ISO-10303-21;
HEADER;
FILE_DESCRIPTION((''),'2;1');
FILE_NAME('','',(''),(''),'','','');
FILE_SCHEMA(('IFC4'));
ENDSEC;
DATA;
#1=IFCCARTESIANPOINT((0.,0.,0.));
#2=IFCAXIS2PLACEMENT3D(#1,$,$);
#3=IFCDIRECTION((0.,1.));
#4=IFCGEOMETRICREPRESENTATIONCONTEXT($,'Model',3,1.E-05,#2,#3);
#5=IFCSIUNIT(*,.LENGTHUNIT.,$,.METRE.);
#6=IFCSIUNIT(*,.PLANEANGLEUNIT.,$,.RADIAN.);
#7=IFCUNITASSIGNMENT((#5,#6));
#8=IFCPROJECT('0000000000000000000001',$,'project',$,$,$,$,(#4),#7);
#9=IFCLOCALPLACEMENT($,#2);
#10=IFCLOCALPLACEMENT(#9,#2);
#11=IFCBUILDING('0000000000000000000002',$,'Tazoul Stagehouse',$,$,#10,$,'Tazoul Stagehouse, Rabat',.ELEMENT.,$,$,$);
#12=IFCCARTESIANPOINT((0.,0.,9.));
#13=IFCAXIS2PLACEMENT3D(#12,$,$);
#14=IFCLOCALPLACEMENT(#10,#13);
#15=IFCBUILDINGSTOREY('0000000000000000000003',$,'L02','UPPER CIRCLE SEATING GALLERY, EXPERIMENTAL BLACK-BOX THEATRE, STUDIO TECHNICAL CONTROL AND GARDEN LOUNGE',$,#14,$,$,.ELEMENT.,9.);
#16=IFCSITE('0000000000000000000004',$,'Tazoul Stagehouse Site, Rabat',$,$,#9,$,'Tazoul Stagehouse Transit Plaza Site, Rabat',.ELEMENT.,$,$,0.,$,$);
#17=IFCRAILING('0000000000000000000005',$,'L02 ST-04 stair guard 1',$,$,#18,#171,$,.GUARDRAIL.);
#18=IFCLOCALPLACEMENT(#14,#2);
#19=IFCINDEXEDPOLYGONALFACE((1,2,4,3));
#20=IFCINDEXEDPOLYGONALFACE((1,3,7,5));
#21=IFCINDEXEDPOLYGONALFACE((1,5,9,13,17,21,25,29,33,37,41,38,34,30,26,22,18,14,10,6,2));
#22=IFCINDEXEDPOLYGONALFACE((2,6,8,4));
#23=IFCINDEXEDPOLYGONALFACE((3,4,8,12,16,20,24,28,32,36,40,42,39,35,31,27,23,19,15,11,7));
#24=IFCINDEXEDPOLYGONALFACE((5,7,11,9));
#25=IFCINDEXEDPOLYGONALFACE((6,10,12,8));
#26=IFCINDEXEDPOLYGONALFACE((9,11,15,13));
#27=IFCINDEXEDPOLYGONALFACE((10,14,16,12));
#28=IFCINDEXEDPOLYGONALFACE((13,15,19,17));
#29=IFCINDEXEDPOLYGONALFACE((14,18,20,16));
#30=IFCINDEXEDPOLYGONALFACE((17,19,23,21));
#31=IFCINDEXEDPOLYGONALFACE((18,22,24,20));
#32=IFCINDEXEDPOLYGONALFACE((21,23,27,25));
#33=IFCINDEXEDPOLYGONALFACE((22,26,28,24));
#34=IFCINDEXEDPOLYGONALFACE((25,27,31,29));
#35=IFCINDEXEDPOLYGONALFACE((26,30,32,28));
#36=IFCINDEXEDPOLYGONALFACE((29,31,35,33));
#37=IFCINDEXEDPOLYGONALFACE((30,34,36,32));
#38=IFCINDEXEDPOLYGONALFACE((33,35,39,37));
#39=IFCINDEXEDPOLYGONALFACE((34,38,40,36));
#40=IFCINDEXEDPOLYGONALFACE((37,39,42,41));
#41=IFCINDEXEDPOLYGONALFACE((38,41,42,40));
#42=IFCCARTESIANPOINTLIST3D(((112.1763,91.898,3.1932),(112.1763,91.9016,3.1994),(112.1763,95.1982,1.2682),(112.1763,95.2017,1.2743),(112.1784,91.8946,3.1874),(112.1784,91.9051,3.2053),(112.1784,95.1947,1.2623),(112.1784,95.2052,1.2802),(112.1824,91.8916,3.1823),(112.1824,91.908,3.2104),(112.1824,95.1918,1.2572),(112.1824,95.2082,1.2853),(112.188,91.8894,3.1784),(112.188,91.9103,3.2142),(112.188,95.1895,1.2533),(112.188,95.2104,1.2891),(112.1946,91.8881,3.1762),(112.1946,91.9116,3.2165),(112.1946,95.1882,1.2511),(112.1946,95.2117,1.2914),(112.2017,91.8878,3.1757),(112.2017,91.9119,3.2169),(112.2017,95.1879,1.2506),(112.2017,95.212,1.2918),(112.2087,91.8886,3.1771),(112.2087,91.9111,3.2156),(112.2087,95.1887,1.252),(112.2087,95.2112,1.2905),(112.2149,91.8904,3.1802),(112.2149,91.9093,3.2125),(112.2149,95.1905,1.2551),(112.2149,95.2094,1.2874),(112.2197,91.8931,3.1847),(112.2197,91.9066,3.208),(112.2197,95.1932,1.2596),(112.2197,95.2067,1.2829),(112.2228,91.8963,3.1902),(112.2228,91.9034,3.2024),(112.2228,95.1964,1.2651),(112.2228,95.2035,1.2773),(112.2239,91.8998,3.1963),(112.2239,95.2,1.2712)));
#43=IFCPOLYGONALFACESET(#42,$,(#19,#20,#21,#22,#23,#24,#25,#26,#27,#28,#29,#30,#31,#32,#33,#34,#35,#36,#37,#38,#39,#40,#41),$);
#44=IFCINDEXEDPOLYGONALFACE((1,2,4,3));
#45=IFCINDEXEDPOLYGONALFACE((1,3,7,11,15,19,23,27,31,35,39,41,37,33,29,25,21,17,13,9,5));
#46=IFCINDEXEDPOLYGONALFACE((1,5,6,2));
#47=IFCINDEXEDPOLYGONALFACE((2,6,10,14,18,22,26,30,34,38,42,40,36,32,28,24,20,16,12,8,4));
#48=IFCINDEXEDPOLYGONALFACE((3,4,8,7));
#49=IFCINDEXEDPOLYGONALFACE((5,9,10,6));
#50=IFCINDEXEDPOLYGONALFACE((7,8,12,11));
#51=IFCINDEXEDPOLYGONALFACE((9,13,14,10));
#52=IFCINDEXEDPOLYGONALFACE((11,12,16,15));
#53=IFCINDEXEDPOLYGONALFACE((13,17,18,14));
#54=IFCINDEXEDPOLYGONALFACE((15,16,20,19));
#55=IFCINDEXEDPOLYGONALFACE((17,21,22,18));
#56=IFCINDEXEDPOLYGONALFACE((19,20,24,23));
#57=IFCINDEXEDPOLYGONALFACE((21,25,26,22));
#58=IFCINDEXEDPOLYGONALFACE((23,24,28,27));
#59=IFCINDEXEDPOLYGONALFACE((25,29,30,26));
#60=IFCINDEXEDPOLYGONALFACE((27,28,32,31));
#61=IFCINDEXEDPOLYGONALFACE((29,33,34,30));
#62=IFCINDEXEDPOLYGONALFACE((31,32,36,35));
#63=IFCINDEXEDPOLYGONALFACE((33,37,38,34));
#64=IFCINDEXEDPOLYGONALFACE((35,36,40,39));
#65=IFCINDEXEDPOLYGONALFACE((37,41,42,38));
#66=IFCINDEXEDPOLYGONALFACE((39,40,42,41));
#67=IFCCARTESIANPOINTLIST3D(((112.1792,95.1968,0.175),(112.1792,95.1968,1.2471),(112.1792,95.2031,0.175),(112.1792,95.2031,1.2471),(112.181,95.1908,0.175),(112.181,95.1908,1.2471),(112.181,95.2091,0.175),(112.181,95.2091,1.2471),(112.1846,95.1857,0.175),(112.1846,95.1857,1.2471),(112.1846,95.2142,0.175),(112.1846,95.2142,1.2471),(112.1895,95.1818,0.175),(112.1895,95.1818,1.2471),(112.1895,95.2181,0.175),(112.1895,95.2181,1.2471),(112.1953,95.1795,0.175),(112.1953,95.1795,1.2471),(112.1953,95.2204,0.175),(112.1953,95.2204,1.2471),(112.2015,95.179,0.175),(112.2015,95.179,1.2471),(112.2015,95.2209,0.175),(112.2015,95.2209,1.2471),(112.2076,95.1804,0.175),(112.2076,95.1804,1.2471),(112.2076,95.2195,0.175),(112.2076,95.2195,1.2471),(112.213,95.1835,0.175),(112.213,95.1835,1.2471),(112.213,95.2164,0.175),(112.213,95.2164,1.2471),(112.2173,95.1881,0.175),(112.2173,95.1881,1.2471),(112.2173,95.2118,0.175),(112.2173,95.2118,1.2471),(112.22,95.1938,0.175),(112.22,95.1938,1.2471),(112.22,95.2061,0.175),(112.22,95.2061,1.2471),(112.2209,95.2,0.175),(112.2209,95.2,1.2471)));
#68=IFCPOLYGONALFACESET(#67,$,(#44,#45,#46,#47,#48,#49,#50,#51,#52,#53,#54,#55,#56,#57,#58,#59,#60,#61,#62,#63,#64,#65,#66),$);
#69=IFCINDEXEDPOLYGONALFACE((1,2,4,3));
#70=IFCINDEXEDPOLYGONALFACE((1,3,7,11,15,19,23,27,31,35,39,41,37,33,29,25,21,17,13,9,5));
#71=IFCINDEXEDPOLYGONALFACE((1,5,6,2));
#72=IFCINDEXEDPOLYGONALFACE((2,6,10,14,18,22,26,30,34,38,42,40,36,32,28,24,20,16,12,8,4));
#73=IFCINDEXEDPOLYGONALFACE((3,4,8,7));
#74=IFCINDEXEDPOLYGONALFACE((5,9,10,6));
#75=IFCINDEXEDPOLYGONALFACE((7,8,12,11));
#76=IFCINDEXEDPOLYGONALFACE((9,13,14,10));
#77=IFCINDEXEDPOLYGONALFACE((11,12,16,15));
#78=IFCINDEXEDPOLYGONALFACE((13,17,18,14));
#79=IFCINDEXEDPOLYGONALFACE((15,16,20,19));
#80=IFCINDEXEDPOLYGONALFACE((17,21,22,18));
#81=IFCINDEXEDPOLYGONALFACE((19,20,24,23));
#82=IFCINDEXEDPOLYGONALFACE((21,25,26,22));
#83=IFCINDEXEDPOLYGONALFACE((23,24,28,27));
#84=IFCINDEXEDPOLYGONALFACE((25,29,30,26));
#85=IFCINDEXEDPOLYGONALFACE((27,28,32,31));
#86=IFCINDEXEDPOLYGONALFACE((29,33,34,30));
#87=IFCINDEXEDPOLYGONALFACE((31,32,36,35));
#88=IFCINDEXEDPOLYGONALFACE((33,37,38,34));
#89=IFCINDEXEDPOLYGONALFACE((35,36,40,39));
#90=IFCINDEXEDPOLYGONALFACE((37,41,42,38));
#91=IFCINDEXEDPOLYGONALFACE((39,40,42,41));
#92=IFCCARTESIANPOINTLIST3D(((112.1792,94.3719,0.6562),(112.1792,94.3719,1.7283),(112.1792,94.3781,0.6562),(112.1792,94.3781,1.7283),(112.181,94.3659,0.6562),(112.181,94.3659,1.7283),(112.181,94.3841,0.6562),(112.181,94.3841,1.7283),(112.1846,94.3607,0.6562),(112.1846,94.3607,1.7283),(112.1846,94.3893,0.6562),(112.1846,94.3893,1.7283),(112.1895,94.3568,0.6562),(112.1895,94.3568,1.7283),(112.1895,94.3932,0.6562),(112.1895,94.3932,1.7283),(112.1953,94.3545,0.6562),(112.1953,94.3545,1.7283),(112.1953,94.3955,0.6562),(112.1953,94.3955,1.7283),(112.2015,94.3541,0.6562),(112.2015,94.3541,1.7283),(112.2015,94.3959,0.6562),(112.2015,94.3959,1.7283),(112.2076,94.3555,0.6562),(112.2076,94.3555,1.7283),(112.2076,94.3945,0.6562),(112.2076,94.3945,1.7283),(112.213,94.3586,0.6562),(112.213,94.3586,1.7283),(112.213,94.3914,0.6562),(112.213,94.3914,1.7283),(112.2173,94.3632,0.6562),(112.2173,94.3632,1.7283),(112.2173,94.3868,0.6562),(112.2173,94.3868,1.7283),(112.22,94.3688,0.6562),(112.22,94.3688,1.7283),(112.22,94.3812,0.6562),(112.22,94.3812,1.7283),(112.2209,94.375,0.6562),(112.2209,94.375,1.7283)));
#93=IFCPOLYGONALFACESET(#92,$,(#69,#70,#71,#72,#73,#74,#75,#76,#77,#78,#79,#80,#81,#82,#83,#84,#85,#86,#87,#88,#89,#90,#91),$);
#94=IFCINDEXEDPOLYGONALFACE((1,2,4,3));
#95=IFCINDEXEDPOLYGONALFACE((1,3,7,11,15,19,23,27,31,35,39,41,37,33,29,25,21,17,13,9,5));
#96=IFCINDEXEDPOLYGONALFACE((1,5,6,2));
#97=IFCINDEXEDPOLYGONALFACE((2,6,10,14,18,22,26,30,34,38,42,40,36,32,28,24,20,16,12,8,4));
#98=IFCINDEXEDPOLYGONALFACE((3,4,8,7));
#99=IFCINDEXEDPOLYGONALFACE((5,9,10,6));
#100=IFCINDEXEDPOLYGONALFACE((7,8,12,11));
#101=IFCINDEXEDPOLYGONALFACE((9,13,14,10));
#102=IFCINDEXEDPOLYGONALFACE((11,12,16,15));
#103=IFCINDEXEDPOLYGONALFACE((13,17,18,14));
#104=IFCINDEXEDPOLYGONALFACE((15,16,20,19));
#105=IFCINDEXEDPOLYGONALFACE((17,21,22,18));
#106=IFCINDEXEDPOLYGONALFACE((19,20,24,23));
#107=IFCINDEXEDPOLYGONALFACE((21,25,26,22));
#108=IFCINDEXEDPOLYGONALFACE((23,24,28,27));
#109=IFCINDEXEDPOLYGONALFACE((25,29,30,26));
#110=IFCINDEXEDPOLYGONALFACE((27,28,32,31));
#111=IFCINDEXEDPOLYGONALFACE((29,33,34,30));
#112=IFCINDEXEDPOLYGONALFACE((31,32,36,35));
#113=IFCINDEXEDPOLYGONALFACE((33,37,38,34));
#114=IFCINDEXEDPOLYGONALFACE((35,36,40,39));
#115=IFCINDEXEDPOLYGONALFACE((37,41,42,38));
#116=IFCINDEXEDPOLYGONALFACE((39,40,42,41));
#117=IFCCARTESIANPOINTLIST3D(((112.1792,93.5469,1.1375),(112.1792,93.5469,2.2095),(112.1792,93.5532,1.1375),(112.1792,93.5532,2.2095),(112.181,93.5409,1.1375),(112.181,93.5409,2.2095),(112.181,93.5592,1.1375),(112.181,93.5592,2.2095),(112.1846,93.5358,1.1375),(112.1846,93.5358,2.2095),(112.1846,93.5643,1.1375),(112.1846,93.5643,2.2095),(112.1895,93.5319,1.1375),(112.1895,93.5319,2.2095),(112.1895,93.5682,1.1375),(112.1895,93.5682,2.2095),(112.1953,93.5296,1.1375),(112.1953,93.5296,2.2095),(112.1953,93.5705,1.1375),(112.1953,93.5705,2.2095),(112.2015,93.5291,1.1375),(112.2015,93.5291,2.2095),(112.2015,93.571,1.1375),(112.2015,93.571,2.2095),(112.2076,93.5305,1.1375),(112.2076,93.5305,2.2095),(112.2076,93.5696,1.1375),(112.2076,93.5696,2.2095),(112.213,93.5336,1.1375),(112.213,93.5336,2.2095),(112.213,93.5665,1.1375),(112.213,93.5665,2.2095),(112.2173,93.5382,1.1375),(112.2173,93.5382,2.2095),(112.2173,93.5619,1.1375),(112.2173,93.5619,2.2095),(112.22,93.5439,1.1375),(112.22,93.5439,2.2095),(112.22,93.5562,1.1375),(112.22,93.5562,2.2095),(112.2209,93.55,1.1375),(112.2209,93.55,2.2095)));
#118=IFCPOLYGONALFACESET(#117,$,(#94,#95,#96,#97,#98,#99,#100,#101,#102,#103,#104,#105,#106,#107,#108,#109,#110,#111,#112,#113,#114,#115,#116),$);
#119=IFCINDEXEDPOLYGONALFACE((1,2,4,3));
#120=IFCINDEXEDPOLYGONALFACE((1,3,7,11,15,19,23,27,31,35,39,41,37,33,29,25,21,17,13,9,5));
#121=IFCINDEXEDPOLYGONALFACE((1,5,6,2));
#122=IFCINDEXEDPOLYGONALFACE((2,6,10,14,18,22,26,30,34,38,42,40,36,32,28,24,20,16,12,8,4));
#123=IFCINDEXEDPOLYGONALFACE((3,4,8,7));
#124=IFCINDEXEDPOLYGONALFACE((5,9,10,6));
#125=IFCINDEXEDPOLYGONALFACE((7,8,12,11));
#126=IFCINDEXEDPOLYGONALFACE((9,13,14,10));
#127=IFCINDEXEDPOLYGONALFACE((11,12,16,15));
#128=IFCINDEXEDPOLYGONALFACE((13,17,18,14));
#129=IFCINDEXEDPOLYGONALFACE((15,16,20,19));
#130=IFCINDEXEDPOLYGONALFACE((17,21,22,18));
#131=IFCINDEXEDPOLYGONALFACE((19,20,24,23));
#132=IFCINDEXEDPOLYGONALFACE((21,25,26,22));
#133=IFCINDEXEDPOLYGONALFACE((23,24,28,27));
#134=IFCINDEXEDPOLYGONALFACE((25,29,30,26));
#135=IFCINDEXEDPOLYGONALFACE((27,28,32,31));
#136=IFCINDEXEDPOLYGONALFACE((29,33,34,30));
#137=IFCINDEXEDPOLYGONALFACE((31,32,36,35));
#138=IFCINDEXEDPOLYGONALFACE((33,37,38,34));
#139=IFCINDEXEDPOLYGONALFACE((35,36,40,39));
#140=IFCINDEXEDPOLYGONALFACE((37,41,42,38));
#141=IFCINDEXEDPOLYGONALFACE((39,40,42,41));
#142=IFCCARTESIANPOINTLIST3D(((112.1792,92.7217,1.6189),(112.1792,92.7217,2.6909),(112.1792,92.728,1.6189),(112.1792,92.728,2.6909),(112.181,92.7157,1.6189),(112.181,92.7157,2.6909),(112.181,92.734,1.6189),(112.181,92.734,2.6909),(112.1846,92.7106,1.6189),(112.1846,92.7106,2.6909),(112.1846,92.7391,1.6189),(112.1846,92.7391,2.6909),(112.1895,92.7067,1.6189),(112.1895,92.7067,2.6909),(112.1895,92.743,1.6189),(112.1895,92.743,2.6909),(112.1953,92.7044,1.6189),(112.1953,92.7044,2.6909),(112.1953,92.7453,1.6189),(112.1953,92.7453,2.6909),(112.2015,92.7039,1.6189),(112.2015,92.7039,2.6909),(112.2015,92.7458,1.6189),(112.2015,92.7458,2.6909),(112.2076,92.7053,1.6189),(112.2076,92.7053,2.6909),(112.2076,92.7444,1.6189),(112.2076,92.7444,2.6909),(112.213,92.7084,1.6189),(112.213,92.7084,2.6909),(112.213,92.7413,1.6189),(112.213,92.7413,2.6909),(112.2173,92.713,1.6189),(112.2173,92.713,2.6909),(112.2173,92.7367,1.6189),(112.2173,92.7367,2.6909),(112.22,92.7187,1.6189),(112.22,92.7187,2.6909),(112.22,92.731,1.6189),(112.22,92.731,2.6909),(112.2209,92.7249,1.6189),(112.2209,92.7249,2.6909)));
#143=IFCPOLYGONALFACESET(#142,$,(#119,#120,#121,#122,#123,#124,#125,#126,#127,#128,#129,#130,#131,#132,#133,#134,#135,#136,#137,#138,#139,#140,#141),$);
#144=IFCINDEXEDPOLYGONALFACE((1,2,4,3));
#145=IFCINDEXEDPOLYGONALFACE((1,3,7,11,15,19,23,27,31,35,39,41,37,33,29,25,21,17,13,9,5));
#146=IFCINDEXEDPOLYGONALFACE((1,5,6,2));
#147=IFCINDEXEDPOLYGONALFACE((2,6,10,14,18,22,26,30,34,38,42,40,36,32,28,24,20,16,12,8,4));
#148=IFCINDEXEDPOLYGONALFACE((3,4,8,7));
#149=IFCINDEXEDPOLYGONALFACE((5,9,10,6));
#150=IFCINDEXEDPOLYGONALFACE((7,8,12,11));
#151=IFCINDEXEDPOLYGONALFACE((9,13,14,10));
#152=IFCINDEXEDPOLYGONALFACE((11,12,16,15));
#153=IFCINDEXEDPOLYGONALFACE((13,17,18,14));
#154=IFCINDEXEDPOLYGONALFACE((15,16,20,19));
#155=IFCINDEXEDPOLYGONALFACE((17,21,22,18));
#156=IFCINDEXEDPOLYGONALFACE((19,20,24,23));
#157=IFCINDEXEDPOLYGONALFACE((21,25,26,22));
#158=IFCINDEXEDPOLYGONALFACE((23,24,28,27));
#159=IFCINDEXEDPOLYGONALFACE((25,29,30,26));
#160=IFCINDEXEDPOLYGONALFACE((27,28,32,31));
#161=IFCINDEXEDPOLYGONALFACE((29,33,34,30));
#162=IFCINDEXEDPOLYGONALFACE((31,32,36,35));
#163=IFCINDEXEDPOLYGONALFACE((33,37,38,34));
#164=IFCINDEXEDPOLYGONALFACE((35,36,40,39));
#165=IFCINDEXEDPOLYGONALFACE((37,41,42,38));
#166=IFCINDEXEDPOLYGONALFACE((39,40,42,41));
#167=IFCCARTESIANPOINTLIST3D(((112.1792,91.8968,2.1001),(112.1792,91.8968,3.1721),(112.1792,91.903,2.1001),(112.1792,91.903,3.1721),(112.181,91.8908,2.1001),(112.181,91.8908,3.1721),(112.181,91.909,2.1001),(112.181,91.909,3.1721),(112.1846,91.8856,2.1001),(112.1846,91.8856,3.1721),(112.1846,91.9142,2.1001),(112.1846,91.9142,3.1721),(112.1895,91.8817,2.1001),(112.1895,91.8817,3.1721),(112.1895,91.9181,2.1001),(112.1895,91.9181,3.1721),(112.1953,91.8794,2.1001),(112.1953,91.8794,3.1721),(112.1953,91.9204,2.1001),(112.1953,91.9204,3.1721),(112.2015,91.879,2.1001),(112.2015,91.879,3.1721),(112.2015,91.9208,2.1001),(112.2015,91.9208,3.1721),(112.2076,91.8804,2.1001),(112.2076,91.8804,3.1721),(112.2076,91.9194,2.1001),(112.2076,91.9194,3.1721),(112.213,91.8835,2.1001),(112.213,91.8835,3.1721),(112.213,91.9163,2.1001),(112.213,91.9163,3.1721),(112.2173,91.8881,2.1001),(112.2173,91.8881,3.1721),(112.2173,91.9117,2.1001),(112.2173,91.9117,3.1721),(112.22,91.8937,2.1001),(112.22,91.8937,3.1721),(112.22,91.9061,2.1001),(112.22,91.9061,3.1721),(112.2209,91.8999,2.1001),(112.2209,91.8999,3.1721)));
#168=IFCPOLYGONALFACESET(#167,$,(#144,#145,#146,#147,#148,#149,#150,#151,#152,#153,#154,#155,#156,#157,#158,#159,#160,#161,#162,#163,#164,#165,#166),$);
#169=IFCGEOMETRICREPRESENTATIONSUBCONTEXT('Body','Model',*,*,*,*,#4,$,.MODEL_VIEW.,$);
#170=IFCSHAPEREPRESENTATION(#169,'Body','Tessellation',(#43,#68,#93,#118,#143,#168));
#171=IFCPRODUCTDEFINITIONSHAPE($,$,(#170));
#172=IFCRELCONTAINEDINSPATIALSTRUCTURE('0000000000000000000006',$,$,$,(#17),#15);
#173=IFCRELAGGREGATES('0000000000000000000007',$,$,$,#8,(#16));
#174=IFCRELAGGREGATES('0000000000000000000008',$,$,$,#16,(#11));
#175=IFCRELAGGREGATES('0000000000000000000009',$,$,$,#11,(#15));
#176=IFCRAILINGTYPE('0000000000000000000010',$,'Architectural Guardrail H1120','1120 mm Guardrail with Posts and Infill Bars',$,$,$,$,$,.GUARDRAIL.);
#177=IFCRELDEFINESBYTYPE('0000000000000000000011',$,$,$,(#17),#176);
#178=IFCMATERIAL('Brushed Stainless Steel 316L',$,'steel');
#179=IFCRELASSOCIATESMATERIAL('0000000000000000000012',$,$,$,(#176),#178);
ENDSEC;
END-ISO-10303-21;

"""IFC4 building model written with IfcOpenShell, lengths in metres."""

from ifc_helpers import new_model, si_unit, direction, frame, origin, origin_2d, place, context, subcontext, project, spatial, circle, extrude, material, material_profile, profile_set, type_object, element, save


model = new_model("IFC4")

# Units and contexts
model_context = context("Model", 3, precision=1e-05, world=origin(), true_north=direction((0.0, 1.0)))
body_context = subcontext(model_context, "Body", "Model", "MODEL_VIEW")
ifc_project = project(units=[si_unit("LENGTHUNIT", "METRE"), si_unit("PLANEANGLEUNIT", "RADIAN")], contexts=[model_context])

# Site, building, storey
site_placement = place(None, origin())
site = spatial("IfcSite", under=ifc_project, at=site_placement, Name="Tazoul Stagehouse Site, Rabat", LongName="Tazoul Stagehouse Transit Plaza Site, Rabat", CompositionType="ELEMENT", RefElevation=0.0)
building_placement = place(site_placement, origin())
building = spatial("IfcBuilding", under=site, at=building_placement, Name="Tazoul Stagehouse", LongName="Tazoul Stagehouse, Rabat", CompositionType="ELEMENT")
storey_placement = place(building_placement, frame((0.0, 0.0, 9.0)))
storey = spatial("IfcBuildingStorey", under=building, at=storey_placement, Name="L02", Description="UPPER CIRCLE SEATING GALLERY, EXPERIMENTAL BLACK-BOX THEATRE, STUDIO TECHNICAL CONTROL AND GARDEN LOUNGE", CompositionType="ELEMENT", Elevation=9.0)

# Railing
ifc_material_1 = material(Name="Brushed Stainless Steel 316L", Category="steel")
ifc_material_profile_1 = material_profile(ifc_material_1, circle(Radius=0.0239, at=origin_2d()), Name="SS RAIL D48")
ifc_profile_set_1 = profile_set([ifc_material_profile_1], Name="Brushed Stainless Steel 316L")
railing_type_1 = type_object("IfcRailingType", Name="Architectural Guardrail H1120", Description="1120 mm Guardrail with Posts and Infill Bars", PredefinedType="GUARDRAIL", material=ifc_profile_set_1)
railing_1_placement = place(storey_placement, frame((112.2, 95.2, 0.175)))
element("IfcRailing", 1, at=railing_1_placement, inside=storey, type_object=railing_type_1, Name="L02 ST-04 stair guard 1", PredefinedType="GUARDRAIL", context=body_context, shape_type="SweptSolid", body=[
    extrude(circle(Radius=0.0239, at=origin_2d()), frame((0.0, 0.0, 1.0962), z_axis=(0.0, -0.863777, 0.503875), x_axis=(1.0, 0.0, 0.0)), (0.0, 0.0, 1.0), 3.8206),
    extrude(circle(Radius=0.021, at=origin_2d()), origin(), (0.0, 0.0, 1.0), 1.072),
    extrude(circle(Radius=0.021, at=origin_2d()), frame((0.0, -0.825, 0.4812)), (0.0, 0.0, 1.0), 1.072),
    extrude(circle(Radius=0.021, at=origin_2d()), frame((0.0, -1.6499, 0.9624)), (0.0, 0.0, 1.0), 1.072),
    extrude(circle(Radius=0.021, at=origin_2d()), frame((0.0, -2.4751, 1.4438)), (0.0, 0.0, 1.0), 1.072),
    extrude(circle(Radius=0.021, at=origin_2d()), frame((0.0, -3.3, 1.925)), (0.0, 0.0, 1.0), 1.072),
])

save(model, "model.ifc")
